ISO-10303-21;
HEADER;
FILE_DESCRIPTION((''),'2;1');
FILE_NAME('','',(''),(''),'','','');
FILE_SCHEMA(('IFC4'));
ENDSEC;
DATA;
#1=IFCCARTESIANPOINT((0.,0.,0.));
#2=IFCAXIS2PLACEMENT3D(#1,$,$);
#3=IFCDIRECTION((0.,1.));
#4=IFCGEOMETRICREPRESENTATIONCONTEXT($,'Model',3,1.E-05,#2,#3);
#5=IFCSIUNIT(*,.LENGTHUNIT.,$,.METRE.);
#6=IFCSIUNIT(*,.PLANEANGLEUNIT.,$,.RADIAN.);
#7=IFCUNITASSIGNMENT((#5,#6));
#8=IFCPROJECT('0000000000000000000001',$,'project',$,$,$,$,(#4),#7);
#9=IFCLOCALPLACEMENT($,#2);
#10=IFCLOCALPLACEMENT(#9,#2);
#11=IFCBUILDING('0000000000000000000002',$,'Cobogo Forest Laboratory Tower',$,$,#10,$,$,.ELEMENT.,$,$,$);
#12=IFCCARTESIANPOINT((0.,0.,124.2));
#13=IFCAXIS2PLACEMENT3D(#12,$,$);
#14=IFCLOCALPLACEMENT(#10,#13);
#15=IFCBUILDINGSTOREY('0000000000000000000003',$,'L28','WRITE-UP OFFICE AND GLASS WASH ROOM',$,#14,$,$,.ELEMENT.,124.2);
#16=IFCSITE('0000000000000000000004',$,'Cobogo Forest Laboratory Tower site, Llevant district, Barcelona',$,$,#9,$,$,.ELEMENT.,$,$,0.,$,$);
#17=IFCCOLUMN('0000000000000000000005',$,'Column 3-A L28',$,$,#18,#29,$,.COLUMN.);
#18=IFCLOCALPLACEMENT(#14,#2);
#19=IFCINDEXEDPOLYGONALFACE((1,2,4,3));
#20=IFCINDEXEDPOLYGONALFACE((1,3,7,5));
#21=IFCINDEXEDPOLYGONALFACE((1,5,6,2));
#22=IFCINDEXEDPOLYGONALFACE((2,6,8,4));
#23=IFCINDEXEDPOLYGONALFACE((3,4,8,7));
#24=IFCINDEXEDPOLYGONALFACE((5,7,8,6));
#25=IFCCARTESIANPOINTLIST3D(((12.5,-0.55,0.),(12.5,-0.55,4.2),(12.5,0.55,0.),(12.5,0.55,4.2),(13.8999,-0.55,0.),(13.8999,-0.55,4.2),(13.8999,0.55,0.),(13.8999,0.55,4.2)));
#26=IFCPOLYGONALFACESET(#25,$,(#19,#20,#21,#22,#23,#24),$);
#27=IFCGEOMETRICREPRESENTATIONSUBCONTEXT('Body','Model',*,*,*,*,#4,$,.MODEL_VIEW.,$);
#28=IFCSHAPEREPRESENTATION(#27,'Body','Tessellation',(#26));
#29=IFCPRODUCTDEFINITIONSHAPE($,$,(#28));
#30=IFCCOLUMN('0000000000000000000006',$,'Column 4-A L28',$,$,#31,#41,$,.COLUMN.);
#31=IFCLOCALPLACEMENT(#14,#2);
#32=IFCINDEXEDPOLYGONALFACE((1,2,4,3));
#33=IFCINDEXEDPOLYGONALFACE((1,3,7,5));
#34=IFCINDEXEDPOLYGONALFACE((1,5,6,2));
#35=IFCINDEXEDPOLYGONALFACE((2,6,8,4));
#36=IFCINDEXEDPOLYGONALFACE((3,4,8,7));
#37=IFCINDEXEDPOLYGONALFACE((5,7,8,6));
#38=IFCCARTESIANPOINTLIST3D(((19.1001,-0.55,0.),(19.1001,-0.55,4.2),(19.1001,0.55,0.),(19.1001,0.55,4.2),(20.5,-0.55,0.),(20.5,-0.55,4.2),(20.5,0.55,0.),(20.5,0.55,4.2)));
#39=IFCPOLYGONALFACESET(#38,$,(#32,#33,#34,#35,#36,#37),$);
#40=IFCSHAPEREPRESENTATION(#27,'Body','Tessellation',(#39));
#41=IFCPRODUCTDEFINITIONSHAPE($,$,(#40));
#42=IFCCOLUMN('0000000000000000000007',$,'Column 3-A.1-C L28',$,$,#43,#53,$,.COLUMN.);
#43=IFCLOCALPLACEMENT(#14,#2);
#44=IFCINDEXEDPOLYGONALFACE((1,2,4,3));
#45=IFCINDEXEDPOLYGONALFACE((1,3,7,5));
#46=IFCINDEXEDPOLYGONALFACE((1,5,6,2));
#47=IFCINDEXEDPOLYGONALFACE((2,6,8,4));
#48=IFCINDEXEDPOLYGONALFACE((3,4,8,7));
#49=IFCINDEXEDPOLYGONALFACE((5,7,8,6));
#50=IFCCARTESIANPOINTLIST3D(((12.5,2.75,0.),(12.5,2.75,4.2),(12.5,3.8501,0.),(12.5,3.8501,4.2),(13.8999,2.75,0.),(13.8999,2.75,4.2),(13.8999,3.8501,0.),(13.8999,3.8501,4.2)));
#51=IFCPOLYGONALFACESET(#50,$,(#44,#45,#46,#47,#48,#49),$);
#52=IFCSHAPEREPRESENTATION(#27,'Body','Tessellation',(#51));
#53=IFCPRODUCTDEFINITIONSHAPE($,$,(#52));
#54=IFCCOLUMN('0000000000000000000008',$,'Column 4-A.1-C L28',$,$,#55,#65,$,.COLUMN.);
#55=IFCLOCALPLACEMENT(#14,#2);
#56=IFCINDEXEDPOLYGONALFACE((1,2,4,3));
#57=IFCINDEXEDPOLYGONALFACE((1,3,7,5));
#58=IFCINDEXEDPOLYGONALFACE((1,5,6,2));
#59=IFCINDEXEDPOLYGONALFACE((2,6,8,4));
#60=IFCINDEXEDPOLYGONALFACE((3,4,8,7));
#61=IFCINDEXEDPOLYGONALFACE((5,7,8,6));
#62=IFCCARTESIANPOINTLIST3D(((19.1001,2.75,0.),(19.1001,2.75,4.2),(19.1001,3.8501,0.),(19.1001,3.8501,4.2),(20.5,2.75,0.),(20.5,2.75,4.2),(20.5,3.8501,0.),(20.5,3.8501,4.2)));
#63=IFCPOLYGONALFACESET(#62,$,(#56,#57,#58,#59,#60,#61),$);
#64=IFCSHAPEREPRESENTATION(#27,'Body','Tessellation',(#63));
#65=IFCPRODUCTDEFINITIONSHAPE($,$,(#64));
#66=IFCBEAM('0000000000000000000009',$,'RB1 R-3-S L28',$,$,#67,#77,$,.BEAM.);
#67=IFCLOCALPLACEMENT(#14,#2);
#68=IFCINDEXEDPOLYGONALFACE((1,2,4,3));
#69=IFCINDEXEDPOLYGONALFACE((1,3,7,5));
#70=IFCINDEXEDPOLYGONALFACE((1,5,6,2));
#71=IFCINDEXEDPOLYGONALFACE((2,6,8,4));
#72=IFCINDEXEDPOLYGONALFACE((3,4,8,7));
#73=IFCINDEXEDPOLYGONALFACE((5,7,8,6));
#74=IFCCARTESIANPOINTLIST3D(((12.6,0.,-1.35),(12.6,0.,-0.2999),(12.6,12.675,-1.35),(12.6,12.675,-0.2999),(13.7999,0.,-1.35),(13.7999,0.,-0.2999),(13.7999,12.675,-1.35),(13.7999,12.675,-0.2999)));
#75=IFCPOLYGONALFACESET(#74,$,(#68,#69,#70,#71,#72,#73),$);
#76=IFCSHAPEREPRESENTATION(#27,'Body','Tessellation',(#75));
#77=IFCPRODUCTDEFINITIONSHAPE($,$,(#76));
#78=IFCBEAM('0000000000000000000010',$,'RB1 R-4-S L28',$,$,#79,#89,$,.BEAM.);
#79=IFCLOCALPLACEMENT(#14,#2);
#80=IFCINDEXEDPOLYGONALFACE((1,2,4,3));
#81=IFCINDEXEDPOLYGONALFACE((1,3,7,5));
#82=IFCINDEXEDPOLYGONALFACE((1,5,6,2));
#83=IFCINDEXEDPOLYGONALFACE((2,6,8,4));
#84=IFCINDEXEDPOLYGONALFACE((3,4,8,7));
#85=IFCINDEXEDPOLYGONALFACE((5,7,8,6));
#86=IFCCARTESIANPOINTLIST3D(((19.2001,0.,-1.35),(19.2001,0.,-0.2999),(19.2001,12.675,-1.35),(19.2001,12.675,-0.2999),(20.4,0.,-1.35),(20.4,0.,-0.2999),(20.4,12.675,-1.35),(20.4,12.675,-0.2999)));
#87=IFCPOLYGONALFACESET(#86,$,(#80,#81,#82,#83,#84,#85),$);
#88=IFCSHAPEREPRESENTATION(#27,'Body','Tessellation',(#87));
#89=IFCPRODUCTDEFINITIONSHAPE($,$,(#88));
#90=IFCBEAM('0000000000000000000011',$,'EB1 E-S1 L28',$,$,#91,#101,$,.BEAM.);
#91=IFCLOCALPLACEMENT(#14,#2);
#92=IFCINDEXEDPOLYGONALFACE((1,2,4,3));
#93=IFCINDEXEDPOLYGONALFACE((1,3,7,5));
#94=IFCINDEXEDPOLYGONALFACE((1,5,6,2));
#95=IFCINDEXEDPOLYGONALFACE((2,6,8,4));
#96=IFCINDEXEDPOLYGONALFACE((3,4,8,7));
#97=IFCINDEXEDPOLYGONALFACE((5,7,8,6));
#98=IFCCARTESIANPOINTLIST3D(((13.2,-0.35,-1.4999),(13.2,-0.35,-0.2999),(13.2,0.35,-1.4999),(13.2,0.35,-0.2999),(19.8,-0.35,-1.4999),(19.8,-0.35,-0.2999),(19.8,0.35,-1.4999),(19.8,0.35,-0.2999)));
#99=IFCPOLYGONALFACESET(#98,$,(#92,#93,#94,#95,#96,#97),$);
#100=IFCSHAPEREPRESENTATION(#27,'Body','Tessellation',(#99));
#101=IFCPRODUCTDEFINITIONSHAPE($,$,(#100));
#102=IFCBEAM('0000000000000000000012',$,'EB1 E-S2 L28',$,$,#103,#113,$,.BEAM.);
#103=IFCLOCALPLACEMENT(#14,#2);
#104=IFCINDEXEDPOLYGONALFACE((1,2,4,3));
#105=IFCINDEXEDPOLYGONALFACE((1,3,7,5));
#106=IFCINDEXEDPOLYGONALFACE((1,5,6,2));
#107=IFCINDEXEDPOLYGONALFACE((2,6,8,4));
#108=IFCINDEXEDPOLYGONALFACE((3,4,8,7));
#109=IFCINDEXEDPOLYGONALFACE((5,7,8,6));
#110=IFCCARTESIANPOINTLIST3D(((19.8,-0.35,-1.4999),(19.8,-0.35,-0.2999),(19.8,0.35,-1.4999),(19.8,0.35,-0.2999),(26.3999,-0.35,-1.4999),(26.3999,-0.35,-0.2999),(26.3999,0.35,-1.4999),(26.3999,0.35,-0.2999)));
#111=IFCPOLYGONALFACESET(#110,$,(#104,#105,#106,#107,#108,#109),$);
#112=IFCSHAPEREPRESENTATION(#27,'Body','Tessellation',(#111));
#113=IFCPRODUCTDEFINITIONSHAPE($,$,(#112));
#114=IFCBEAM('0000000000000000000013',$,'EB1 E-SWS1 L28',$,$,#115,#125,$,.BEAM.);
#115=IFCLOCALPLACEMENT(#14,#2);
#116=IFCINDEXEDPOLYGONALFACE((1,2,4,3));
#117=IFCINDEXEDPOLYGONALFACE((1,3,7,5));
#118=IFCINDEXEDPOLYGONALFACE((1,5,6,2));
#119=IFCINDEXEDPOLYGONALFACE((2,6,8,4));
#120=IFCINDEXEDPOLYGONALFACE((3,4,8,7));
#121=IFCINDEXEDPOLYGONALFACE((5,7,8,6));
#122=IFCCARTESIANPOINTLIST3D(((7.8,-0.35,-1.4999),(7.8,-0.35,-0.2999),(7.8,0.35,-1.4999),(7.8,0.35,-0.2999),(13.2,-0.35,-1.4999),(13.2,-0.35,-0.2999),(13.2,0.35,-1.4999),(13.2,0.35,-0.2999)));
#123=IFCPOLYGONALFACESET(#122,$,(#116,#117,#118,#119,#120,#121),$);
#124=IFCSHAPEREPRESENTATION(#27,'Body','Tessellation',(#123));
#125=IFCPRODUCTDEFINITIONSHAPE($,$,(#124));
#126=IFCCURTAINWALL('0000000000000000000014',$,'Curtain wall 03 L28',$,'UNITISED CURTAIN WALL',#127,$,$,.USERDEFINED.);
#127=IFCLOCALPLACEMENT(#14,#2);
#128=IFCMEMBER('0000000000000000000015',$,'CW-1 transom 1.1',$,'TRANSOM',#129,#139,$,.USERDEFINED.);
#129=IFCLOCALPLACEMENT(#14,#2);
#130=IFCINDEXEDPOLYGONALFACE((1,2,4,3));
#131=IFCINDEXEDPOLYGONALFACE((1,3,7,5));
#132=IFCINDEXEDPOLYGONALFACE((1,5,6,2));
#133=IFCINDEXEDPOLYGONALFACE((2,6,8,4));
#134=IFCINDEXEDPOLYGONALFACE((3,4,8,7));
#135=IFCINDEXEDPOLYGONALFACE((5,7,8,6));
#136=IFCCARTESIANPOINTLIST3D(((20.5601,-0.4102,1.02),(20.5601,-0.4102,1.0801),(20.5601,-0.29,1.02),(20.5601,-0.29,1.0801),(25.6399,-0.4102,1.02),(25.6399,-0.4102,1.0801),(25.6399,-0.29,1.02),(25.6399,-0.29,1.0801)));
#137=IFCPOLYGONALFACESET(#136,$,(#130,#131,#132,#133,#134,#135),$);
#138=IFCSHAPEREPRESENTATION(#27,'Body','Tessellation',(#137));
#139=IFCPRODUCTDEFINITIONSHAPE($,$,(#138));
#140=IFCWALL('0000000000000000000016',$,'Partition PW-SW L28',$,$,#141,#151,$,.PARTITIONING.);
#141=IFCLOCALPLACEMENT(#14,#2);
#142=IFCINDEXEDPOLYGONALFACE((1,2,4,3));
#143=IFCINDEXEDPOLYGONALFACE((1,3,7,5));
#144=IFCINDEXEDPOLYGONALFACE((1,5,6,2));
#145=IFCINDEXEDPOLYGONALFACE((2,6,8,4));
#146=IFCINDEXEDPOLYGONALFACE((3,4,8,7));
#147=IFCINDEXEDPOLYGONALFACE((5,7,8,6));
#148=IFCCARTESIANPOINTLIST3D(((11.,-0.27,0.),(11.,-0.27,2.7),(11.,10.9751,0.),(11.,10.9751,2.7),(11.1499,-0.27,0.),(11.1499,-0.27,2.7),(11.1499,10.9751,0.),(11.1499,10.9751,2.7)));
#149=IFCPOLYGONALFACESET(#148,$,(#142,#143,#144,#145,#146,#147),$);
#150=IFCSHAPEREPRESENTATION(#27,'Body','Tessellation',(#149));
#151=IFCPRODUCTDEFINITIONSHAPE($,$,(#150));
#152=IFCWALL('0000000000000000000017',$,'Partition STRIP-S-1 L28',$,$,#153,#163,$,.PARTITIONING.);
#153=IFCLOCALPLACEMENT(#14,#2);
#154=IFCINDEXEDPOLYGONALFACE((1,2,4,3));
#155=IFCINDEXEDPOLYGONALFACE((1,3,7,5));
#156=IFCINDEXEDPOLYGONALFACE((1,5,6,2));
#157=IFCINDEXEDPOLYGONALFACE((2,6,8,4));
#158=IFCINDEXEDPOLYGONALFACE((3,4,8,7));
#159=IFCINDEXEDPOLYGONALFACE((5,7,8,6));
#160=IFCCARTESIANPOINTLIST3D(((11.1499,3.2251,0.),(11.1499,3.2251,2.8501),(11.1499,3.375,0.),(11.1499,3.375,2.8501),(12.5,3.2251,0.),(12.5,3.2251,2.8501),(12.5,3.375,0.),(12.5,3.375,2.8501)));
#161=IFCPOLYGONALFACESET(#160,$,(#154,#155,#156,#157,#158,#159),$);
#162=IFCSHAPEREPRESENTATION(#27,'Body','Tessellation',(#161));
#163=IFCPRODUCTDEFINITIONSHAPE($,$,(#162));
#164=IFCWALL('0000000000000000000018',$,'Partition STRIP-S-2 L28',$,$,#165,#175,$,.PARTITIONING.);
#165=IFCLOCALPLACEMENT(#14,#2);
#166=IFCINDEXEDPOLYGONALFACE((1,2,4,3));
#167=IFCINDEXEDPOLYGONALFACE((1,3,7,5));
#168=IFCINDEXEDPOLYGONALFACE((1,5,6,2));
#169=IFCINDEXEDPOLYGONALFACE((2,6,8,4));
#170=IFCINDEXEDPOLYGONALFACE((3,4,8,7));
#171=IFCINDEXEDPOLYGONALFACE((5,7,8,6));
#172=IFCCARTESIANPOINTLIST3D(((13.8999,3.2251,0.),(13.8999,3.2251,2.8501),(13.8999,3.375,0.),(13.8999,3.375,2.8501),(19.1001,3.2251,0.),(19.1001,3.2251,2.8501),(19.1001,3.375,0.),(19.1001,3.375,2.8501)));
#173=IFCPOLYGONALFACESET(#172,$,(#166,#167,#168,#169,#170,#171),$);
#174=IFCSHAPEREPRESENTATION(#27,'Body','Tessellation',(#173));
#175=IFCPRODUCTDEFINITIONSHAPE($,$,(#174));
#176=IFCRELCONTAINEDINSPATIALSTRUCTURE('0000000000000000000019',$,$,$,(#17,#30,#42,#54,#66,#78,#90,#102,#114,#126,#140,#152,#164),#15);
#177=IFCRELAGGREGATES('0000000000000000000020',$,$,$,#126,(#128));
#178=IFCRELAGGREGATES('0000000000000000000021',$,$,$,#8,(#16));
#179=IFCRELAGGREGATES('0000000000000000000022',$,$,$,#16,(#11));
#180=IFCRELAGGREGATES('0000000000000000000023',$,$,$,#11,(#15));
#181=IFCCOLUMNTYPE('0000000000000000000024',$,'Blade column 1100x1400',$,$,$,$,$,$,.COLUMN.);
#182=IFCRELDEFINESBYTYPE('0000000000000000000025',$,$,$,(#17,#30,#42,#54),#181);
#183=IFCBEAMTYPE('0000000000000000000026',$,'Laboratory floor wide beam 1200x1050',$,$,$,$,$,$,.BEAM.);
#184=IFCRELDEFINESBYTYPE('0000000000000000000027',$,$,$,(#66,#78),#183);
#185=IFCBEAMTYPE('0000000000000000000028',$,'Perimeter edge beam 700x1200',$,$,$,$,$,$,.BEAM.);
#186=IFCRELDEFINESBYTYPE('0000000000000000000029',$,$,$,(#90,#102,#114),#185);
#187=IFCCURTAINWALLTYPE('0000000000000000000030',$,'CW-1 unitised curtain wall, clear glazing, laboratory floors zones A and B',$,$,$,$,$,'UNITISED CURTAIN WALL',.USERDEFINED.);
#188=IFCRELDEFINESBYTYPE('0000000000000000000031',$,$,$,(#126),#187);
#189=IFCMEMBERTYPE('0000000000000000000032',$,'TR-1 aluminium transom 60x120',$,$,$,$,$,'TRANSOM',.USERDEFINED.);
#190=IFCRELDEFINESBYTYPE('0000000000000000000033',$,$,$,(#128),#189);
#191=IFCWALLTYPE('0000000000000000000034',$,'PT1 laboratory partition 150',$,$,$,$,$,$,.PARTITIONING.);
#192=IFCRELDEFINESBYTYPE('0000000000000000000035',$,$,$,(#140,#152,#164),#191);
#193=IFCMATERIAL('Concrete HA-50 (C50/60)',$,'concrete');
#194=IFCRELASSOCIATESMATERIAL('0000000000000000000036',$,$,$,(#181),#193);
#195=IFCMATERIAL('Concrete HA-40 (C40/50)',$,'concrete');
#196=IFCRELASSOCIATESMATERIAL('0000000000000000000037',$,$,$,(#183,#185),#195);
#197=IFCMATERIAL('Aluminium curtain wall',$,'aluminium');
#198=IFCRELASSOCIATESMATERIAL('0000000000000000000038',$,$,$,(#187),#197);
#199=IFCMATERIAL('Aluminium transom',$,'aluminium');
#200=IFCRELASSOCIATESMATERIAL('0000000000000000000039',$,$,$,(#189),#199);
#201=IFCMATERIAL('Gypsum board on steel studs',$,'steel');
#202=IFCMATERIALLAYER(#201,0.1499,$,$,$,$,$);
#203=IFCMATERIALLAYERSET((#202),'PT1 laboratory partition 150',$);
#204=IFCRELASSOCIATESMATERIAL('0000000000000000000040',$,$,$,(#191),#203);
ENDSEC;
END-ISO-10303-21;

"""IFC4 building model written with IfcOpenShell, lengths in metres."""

from ifc_helpers import new_model, si_unit, direction, frame, frame_2d, origin, origin_2d, place, context, subcontext, project, spatial, rectangle, extrude, material, layer, layer_set, material_profile, profile_set, type_object, element, aggregate, save


model = new_model("IFC4")

# Units and contexts
model_context = context("Model", 3, precision=1e-05, world=origin(), true_north=direction((0.0, 1.0)))
body_context = subcontext(model_context, "Body", "Model", "MODEL_VIEW")
ifc_project = project(units=[si_unit("LENGTHUNIT", "METRE"), si_unit("PLANEANGLEUNIT", "RADIAN")], contexts=[model_context])

# Site, building, storey
site_placement = place(None, origin())
site = spatial("IfcSite", under=ifc_project, at=site_placement, Name="Cobogo Forest Laboratory Tower site, Llevant district, Barcelona", CompositionType="ELEMENT", RefElevation=0.0)
building_placement = place(site_placement, origin())
building = spatial("IfcBuilding", under=site, at=building_placement, Name="Cobogo Forest Laboratory Tower", CompositionType="ELEMENT")
storey_placement = place(building_placement, frame((0.0, 0.0, 124.2)))
storey = spatial("IfcBuildingStorey", under=building, at=storey_placement, Name="L28", Description="WRITE-UP OFFICE AND GLASS WASH ROOM", CompositionType="ELEMENT", Elevation=124.2)

# Columns
ifc_material_1 = material(Name="Concrete HA-50 (C50/60)", Category="concrete")
ifc_material_profile_1 = material_profile(ifc_material_1, rectangle(XDim=1.3999, YDim=1.1001, at=origin_2d()), Name="RC 1100x1400")
ifc_profile_set_1 = profile_set([ifc_material_profile_1], Name="Concrete HA-50 (C50/60)")
column_type = type_object("IfcColumnType", Name="Blade column 1100x1400", PredefinedType="COLUMN", material=ifc_profile_set_1)
for number, where, z_axis, x_axis, name in (
    (1, (13.2, 0.0, 0.0), (0.0, 0.0, 1.0), (1.0, 0.0, 0.0), "Column 3-A L28"),
    (2, (19.8, 0.0, 0.0), (0.0, 0.0, 1.0), (1.0, 0.0, 0.0), "Column 4-A L28"),
    (3, (13.2, 3.3, 0.0), (0.0, 0.0, 1.0), (1.0, 0.0, 0.0), "Column 3-A.1-C L28"),
    (4, (19.8, 3.3, 0.0), (0.0, 0.0, 1.0), (1.0, 0.0, 0.0), "Column 4-A.1-C L28"),
):
    element("IfcColumn", number, at=place(storey_placement, frame(where, z_axis=z_axis, x_axis=x_axis)), inside=storey, type_object=column_type, Name=name, PredefinedType="COLUMN", context=body_context, shape_type="SweptSolid", body=[
        extrude(rectangle(XDim=1.3999, YDim=1.1001, at=origin_2d()), origin(), (0.0, 0.0, 1.0), 4.2),
    ])

# Beams
ifc_material_2 = material(Name="Concrete HA-40 (C40/50)", Category="concrete")
ifc_material_profile_2 = material_profile(ifc_material_2, rectangle(XDim=1.2, YDim=1.05, at=origin_2d()), Name="RC 1200x1050")
ifc_profile_set_2 = profile_set([ifc_material_profile_2], Name="Concrete HA-40 (C40/50)")
beam_type_1 = type_object("IfcBeamType", Name="Laboratory floor wide beam 1200x1050", PredefinedType="BEAM", material=ifc_profile_set_2)
for number, where, z_axis, x_axis, name in (
    (5, (13.2, 12.675, -0.825), (0.0, -1.0, 0.0), (1.0, 0.0, 0.0), "RB1 R-3-S L28"),
    (6, (19.8, 12.675, -0.825), (0.0, -1.0, 0.0), (1.0, 0.0, 0.0), "RB1 R-4-S L28"),
):
    element("IfcBeam", number, at=place(storey_placement, frame(where, z_axis=z_axis, x_axis=x_axis)), inside=storey, type_object=beam_type_1, Name=name, PredefinedType="BEAM", context=body_context, shape_type="SweptSolid", body=[
        extrude(rectangle(XDim=1.2, YDim=1.05, at=origin_2d()), origin(), (0.0, 0.0, 1.0), 12.675),
    ])
ifc_material_profile_3 = material_profile(ifc_material_2, rectangle(XDim=0.7, YDim=1.2, at=origin_2d()), Name="RC 700x1200")
ifc_profile_set_3 = profile_set([ifc_material_profile_3], Name="Concrete HA-40 (C40/50)")
beam_type_2 = type_object("IfcBeamType", Name="Perimeter edge beam 700x1200", PredefinedType="BEAM", material=ifc_profile_set_3)
beam_1_placement = place(storey_placement, frame((13.2, 0.0, -0.8999), z_axis=(1.0, 0.0, 0.0), x_axis=(0.0, 1.0, 0.0)))
element("IfcBeam", 7, at=beam_1_placement, inside=storey, type_object=beam_type_2, Name="EB1 E-S1 L28", PredefinedType="BEAM", context=body_context, shape_type="SweptSolid", body=[
    extrude(rectangle(XDim=0.7, YDim=1.2, at=origin_2d()), origin(), (0.0, 0.0, 1.0), 6.6001),
])
beam_2_placement = place(storey_placement, frame((19.8, 0.0, -0.8999), z_axis=(1.0, 0.0, 0.0), x_axis=(0.0, 1.0, 0.0)))
element("IfcBeam", 8, at=beam_2_placement, inside=storey, type_object=beam_type_2, Name="EB1 E-S2 L28", PredefinedType="BEAM", context=body_context, shape_type="SweptSolid", body=[
    extrude(rectangle(XDim=0.7, YDim=1.2, at=origin_2d()), origin(), (0.0, 0.0, 1.0), 6.5999),
])
beam_3_placement = place(storey_placement, frame((13.2, 0.0, -0.8999), z_axis=(-1.0, 0.0, 0.0), x_axis=(0.0, -1.0, 0.0)))
element("IfcBeam", 9, at=beam_3_placement, inside=storey, type_object=beam_type_2, Name="EB1 E-SWS1 L28", PredefinedType="BEAM", context=body_context, shape_type="SweptSolid", body=[
    extrude(rectangle(XDim=0.7, YDim=1.2, at=origin_2d()), origin(), (0.0, 0.0, 1.0), 5.3999),
])

# Curtain wall, member
ifc_material_3 = material(Name="Aluminium curtain wall", Category="aluminium")
curtain_wall_type = type_object("IfcCurtainWallType", Name="CW-1 unitised curtain wall, clear glazing, laboratory floors zones A and B", ElementType="UNITISED CURTAIN WALL", PredefinedType="USERDEFINED", material=ifc_material_3)
curtain_wall_placement = place(storey_placement, origin())
curtain_wall = element("IfcCurtainWall", 10, at=curtain_wall_placement, inside=storey, type_object=curtain_wall_type, Name="Curtain wall 03 L28", ObjectType="UNITISED CURTAIN WALL", PredefinedType="USERDEFINED")
ifc_material_4 = material(Name="Aluminium transom", Category="aluminium")
ifc_material_profile_4 = material_profile(ifc_material_4, rectangle(XDim=0.1201, YDim=0.0601, at=origin_2d()), Name="AL 60x120")
ifc_profile_set_4 = profile_set([ifc_material_profile_4], Name="Aluminium transom")
member_type = type_object("IfcMemberType", Name="TR-1 aluminium transom 60x120", ElementType="TRANSOM", PredefinedType="USERDEFINED", material=ifc_profile_set_4)
member_placement = place(storey_placement, frame((20.5601, -0.3501, 1.05), z_axis=(1.0, 0.0, 0.0), x_axis=(0.0, 1.0, 0.0)))
member = element("IfcMember", 11, at=member_placement, type_object=member_type, Name="CW-1 transom 1.1", ObjectType="TRANSOM", PredefinedType="USERDEFINED", context=body_context, shape_type="SweptSolid", body=[
    extrude(rectangle(XDim=0.1201, YDim=0.0601, at=origin_2d()), origin(), (0.0, 0.0, 1.0), 5.0798),
])
aggregate(curtain_wall, [member])

# Walls
ifc_material_5 = material(Name="Gypsum board on steel studs", Category="steel")
ifc_layer_1 = layer(ifc_material_5, 0.1499)
ifc_layer_set_1 = layer_set([ifc_layer_1], Name="PT1 laboratory partition 150")
wall_type_1 = type_object("IfcWallType", Name="PT1 laboratory partition 150", PredefinedType="PARTITIONING", material=ifc_layer_set_1)
wall_1_placement = place(storey_placement, frame((11.075, -0.27, 0.0), z_axis=(0.0, 0.0, 1.0), x_axis=(0.0, 1.0, 0.0)))
element("IfcWall", 12, at=wall_1_placement, inside=storey, type_object=wall_type_1, Name="Partition PW-SW L28", PredefinedType="PARTITIONING", context=body_context, shape_type="SweptSolid", body=[
    extrude(rectangle(XDim=11.2451, YDim=0.1499, at=frame_2d((5.6226, 0.0))), origin(), (0.0, 0.0, 1.0), 2.7),
])
wall_2_placement = place(storey_placement, frame((11.1499, 3.3, 0.0), z_axis=(0.0, 0.0, 1.0), x_axis=(1.0, 0.0, 0.0)))
element("IfcWall", 13, at=wall_2_placement, inside=storey, type_object=wall_type_1, Name="Partition STRIP-S-1 L28", PredefinedType="PARTITIONING", context=body_context, shape_type="SweptSolid", body=[
    extrude(rectangle(XDim=1.3501, YDim=0.1499, at=frame_2d((0.675, 0.0))), origin(), (0.0, 0.0, 1.0), 2.8501),
])
wall_3_placement = place(storey_placement, frame((13.8999, 3.3, 0.0), z_axis=(0.0, 0.0, 1.0), x_axis=(1.0, 0.0, 0.0)))
element("IfcWall", 14, at=wall_3_placement, inside=storey, type_object=wall_type_1, Name="Partition STRIP-S-2 L28", PredefinedType="PARTITIONING", context=body_context, shape_type="SweptSolid", body=[
    extrude(rectangle(XDim=5.2002, YDim=0.1499, at=frame_2d((2.6001, 0.0))), origin(), (0.0, 0.0, 1.0), 2.8501),
])

save(model, "model.ifc")
